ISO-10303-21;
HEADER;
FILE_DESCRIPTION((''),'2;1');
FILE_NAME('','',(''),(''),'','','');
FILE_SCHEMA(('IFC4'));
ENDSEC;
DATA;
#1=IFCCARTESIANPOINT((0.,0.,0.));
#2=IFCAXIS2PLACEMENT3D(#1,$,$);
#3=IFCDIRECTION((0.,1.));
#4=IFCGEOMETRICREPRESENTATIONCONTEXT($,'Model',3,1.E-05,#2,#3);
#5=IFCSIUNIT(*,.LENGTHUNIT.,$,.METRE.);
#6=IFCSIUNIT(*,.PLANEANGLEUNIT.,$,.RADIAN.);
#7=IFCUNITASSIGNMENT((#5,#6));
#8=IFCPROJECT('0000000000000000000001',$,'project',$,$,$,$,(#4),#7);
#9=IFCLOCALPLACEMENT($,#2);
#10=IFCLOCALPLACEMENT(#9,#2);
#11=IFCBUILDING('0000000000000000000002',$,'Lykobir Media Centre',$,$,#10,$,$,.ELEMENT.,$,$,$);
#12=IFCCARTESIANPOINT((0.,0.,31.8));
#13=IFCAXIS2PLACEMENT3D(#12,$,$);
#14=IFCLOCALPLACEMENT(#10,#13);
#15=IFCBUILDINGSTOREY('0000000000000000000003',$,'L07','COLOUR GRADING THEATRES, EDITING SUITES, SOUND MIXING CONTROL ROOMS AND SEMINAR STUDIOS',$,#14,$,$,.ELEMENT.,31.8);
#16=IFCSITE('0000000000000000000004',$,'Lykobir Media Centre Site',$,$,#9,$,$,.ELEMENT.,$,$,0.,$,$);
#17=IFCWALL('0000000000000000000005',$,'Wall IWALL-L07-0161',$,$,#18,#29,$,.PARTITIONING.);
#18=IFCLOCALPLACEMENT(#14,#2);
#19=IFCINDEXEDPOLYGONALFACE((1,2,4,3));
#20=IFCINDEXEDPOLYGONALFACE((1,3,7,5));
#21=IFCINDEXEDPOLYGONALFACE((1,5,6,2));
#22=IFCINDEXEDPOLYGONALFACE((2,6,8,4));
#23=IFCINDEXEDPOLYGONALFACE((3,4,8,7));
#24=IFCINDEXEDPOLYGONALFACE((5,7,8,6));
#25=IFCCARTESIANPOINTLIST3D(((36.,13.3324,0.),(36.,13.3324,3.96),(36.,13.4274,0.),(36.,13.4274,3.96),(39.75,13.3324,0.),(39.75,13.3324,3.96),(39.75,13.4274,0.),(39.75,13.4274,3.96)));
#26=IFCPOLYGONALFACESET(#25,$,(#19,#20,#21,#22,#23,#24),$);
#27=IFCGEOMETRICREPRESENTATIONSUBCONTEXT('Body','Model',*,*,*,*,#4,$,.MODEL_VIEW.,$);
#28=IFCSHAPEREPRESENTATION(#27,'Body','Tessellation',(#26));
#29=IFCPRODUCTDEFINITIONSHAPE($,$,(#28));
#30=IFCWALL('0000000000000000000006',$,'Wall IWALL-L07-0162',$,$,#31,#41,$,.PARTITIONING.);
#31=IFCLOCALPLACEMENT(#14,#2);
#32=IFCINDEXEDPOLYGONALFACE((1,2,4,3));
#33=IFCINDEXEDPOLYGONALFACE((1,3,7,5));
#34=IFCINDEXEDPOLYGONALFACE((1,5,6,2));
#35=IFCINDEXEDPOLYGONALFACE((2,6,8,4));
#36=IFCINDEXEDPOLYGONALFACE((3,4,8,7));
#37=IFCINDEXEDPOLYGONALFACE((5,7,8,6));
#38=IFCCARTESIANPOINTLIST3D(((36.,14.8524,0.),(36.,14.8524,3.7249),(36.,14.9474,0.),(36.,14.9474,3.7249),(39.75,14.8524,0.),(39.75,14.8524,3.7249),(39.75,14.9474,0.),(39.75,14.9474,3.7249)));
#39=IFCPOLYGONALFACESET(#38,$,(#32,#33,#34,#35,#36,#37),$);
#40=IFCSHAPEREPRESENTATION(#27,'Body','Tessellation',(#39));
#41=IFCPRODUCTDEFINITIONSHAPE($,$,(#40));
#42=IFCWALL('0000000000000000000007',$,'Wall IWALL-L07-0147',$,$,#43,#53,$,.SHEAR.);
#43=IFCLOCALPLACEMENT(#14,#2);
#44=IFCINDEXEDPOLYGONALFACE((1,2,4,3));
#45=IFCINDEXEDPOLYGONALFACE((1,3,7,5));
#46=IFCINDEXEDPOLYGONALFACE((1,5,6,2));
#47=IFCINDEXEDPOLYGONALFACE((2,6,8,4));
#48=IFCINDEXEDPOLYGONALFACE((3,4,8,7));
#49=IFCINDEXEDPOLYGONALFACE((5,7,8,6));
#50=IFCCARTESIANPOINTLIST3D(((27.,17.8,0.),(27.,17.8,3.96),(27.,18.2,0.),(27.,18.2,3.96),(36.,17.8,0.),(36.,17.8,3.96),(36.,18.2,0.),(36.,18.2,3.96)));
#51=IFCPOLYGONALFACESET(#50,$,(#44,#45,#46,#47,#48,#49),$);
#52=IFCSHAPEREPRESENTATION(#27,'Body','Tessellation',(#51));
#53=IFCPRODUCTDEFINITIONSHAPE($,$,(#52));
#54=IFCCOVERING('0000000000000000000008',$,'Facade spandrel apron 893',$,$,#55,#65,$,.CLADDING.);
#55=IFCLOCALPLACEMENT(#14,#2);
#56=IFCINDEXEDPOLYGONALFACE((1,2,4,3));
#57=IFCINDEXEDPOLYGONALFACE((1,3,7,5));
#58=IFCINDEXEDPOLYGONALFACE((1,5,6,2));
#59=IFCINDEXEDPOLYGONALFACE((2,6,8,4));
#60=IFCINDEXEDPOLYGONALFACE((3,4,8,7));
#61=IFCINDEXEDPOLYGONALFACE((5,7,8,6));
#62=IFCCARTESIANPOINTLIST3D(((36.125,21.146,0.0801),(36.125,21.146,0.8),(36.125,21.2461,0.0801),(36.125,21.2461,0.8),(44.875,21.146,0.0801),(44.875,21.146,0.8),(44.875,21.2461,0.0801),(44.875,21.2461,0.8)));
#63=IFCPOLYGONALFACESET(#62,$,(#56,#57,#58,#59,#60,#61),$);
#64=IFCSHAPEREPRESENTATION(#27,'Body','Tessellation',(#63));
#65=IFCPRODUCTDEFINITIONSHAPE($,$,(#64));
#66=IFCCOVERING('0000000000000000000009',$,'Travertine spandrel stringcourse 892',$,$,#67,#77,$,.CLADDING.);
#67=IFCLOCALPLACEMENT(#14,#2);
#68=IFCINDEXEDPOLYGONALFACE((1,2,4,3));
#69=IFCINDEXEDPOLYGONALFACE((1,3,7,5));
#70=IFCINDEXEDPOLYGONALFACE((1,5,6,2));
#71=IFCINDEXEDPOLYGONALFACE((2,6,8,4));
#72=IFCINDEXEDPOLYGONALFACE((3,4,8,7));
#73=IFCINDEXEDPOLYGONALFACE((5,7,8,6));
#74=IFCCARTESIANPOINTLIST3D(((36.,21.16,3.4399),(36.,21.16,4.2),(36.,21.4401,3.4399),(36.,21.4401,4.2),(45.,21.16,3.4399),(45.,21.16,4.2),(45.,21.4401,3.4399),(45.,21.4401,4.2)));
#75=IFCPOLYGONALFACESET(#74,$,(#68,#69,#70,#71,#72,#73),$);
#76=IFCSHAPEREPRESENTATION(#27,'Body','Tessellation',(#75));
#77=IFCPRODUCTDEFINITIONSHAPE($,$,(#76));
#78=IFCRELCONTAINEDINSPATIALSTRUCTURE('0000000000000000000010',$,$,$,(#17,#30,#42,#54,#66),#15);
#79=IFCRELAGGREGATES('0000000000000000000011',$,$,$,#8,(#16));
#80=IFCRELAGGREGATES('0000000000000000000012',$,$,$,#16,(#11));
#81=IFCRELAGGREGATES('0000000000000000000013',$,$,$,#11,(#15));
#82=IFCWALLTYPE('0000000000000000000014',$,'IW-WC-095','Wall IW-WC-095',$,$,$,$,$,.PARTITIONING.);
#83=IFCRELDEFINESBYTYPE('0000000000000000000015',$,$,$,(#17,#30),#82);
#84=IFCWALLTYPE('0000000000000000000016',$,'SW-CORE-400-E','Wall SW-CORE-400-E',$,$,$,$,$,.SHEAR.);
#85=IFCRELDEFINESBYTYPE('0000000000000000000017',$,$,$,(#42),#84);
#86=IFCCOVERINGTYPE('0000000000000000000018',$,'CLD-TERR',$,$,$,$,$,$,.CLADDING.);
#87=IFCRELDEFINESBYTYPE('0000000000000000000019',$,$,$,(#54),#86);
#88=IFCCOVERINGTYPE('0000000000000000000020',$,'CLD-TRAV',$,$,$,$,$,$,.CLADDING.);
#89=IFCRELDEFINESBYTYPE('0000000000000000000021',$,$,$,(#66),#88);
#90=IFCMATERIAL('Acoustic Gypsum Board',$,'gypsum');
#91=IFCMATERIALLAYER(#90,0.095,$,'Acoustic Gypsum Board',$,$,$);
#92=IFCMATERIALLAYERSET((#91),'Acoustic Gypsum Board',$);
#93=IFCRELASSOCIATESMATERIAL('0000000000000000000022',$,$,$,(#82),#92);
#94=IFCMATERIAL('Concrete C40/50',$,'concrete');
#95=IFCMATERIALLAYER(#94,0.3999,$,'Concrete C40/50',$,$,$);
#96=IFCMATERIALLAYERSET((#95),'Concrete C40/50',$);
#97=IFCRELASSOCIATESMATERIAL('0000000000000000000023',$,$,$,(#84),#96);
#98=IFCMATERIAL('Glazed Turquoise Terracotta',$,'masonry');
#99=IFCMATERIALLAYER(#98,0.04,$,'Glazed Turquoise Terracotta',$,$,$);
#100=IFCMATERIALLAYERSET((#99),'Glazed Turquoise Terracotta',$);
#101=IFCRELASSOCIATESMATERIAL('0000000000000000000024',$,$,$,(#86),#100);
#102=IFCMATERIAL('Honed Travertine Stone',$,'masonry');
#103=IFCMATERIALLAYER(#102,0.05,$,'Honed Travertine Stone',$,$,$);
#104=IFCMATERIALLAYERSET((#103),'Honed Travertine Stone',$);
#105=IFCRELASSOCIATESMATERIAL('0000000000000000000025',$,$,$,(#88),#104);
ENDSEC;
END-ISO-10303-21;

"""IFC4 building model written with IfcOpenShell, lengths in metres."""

from ifc_helpers import new_model, si_unit, direction, frame, frame_2d, origin, origin_2d, place, context, subcontext, project, spatial, rectangle, extrude, material, layer, layer_set, type_object, element, save


model = new_model("IFC4")

# Units and contexts
model_context = context("Model", 3, precision=1e-05, world=origin(), true_north=direction((0.0, 1.0)))
body_context = subcontext(model_context, "Body", "Model", "MODEL_VIEW")
ifc_project = project(units=[si_unit("LENGTHUNIT", "METRE"), si_unit("PLANEANGLEUNIT", "RADIAN")], contexts=[model_context])

# Site, building, storey
site_placement = place(None, origin())
site = spatial("IfcSite", under=ifc_project, at=site_placement, Name="Lykobir Media Centre Site", CompositionType="ELEMENT", RefElevation=0.0)
building_placement = place(site_placement, origin())
building = spatial("IfcBuilding", under=site, at=building_placement, Name="Lykobir Media Centre", CompositionType="ELEMENT")
storey_placement = place(building_placement, frame((0.0, 0.0, 31.8)))
storey = spatial("IfcBuildingStorey", under=building, at=storey_placement, Name="L07", Description="COLOUR GRADING THEATRES, EDITING SUITES, SOUND MIXING CONTROL ROOMS AND SEMINAR STUDIOS", CompositionType="ELEMENT", Elevation=31.8)

# Shared definitions
ifc_material_1 = material(Name="Acoustic Gypsum Board", Category="gypsum")

# Shared definitions
ifc_layer_1 = layer(ifc_material_1, 0.095, Name="Acoustic Gypsum Board")
ifc_layer_set_1 = layer_set([ifc_layer_1], Name="Acoustic Gypsum Board")
wall_type_1 = type_object("IfcWallType", Name="IW-WC-095", Description="Wall IW-WC-095", PredefinedType="PARTITIONING", material=ifc_layer_set_1)

# Walls
for number, where, z_axis, x_axis, name in (
    (1, (36.0, 13.3799, 0.0), (0.0, 0.0, 1.0), (1.0, 0.0, 0.0), "Wall IWALL-L07-0161"),
):
    element("IfcWall", number, at=place(storey_placement, frame(where, z_axis=z_axis, x_axis=x_axis)), inside=storey, type_object=wall_type_1, Name=name, PredefinedType="PARTITIONING", context=body_context, shape_type="SweptSolid", body=[
        extrude(rectangle(XDim=3.75, YDim=0.095, at=frame_2d((1.875, 0.0))), origin(), (0.0, 0.0, 1.0), 3.96),
    ])
wall_1_placement = place(storey_placement, frame((36.0, 14.8999, 0.0), z_axis=(0.0, 0.0, 1.0), x_axis=(1.0, 0.0, 0.0)))
element("IfcWall", 2, at=wall_1_placement, inside=storey, type_object=wall_type_1, Name="Wall IWALL-L07-0162", PredefinedType="PARTITIONING", context=body_context, shape_type="SweptSolid", body=[
    extrude(rectangle(XDim=3.75, YDim=0.095, at=frame_2d((1.875, 0.0))), origin(), (0.0, 0.0, 1.0), 3.7249),
])
ifc_material_2 = material(Name="Concrete C40/50", Category="concrete")
ifc_layer_2 = layer(ifc_material_2, 0.3999, Name="Concrete C40/50")
ifc_layer_set_2 = layer_set([ifc_layer_2], Name="Concrete C40/50")
wall_type_2 = type_object("IfcWallType", Name="SW-CORE-400-E", Description="Wall SW-CORE-400-E", PredefinedType="SHEAR", material=ifc_layer_set_2)
wall_2_placement = place(storey_placement, frame((36.0, 18.0, 0.0), z_axis=(0.0, 0.0, 1.0), x_axis=(-1.0, 0.0, 0.0)))
element("IfcWall", 3, at=wall_2_placement, inside=storey, type_object=wall_type_2, Name="Wall IWALL-L07-0147", PredefinedType="SHEAR", context=body_context, shape_type="SweptSolid", body=[
    extrude(rectangle(XDim=9.0, YDim=0.3999, at=frame_2d((4.5, 0.0))), origin(), (0.0, 0.0, 1.0), 3.96),
])

# Coverings
ifc_material_3 = material(Name="Glazed Turquoise Terracotta", Category="masonry")
ifc_layer_3 = layer(ifc_material_3, 0.04, Name="Glazed Turquoise Terracotta")
ifc_layer_set_3 = layer_set([ifc_layer_3], Name="Glazed Turquoise Terracotta")
covering_type_1 = type_object("IfcCoveringType", Name="CLD-TERR", PredefinedType="CLADDING", material=ifc_layer_set_3)
covering_1_placement = place(storey_placement, frame((40.5, 21.196, 0.0801), z_axis=(0.0, 0.0, 1.0), x_axis=(-1.0, 0.0, 0.0)))
element("IfcCovering", 4, at=covering_1_placement, inside=storey, type_object=covering_type_1, Name="Facade spandrel apron 893", PredefinedType="CLADDING", context=body_context, shape_type="SweptSolid", body=[
    extrude(rectangle(XDim=8.75, YDim=0.1001, at=origin_2d()), origin(), (0.0, 0.0, 1.0), 0.72),
])
ifc_material_4 = material(Name="Honed Travertine Stone", Category="masonry")
ifc_layer_4 = layer(ifc_material_4, 0.05, Name="Honed Travertine Stone")
ifc_layer_set_4 = layer_set([ifc_layer_4], Name="Honed Travertine Stone")
covering_type_2 = type_object("IfcCoveringType", Name="CLD-TRAV", PredefinedType="CLADDING", material=ifc_layer_set_4)
covering_2_placement = place(storey_placement, frame((40.5, 21.3, 3.4399), z_axis=(0.0, 0.0, 1.0), x_axis=(-1.0, 0.0, 0.0)))
element("IfcCovering", 5, at=covering_2_placement, inside=storey, type_object=covering_type_2, Name="Travertine spandrel stringcourse 892", PredefinedType="CLADDING", context=body_context, shape_type="SweptSolid", body=[
    extrude(rectangle(XDim=9.0, YDim=0.28, at=origin_2d()), origin(), (0.0, 0.0, 1.0), 0.76),
])

save(model, "model.ifc")
